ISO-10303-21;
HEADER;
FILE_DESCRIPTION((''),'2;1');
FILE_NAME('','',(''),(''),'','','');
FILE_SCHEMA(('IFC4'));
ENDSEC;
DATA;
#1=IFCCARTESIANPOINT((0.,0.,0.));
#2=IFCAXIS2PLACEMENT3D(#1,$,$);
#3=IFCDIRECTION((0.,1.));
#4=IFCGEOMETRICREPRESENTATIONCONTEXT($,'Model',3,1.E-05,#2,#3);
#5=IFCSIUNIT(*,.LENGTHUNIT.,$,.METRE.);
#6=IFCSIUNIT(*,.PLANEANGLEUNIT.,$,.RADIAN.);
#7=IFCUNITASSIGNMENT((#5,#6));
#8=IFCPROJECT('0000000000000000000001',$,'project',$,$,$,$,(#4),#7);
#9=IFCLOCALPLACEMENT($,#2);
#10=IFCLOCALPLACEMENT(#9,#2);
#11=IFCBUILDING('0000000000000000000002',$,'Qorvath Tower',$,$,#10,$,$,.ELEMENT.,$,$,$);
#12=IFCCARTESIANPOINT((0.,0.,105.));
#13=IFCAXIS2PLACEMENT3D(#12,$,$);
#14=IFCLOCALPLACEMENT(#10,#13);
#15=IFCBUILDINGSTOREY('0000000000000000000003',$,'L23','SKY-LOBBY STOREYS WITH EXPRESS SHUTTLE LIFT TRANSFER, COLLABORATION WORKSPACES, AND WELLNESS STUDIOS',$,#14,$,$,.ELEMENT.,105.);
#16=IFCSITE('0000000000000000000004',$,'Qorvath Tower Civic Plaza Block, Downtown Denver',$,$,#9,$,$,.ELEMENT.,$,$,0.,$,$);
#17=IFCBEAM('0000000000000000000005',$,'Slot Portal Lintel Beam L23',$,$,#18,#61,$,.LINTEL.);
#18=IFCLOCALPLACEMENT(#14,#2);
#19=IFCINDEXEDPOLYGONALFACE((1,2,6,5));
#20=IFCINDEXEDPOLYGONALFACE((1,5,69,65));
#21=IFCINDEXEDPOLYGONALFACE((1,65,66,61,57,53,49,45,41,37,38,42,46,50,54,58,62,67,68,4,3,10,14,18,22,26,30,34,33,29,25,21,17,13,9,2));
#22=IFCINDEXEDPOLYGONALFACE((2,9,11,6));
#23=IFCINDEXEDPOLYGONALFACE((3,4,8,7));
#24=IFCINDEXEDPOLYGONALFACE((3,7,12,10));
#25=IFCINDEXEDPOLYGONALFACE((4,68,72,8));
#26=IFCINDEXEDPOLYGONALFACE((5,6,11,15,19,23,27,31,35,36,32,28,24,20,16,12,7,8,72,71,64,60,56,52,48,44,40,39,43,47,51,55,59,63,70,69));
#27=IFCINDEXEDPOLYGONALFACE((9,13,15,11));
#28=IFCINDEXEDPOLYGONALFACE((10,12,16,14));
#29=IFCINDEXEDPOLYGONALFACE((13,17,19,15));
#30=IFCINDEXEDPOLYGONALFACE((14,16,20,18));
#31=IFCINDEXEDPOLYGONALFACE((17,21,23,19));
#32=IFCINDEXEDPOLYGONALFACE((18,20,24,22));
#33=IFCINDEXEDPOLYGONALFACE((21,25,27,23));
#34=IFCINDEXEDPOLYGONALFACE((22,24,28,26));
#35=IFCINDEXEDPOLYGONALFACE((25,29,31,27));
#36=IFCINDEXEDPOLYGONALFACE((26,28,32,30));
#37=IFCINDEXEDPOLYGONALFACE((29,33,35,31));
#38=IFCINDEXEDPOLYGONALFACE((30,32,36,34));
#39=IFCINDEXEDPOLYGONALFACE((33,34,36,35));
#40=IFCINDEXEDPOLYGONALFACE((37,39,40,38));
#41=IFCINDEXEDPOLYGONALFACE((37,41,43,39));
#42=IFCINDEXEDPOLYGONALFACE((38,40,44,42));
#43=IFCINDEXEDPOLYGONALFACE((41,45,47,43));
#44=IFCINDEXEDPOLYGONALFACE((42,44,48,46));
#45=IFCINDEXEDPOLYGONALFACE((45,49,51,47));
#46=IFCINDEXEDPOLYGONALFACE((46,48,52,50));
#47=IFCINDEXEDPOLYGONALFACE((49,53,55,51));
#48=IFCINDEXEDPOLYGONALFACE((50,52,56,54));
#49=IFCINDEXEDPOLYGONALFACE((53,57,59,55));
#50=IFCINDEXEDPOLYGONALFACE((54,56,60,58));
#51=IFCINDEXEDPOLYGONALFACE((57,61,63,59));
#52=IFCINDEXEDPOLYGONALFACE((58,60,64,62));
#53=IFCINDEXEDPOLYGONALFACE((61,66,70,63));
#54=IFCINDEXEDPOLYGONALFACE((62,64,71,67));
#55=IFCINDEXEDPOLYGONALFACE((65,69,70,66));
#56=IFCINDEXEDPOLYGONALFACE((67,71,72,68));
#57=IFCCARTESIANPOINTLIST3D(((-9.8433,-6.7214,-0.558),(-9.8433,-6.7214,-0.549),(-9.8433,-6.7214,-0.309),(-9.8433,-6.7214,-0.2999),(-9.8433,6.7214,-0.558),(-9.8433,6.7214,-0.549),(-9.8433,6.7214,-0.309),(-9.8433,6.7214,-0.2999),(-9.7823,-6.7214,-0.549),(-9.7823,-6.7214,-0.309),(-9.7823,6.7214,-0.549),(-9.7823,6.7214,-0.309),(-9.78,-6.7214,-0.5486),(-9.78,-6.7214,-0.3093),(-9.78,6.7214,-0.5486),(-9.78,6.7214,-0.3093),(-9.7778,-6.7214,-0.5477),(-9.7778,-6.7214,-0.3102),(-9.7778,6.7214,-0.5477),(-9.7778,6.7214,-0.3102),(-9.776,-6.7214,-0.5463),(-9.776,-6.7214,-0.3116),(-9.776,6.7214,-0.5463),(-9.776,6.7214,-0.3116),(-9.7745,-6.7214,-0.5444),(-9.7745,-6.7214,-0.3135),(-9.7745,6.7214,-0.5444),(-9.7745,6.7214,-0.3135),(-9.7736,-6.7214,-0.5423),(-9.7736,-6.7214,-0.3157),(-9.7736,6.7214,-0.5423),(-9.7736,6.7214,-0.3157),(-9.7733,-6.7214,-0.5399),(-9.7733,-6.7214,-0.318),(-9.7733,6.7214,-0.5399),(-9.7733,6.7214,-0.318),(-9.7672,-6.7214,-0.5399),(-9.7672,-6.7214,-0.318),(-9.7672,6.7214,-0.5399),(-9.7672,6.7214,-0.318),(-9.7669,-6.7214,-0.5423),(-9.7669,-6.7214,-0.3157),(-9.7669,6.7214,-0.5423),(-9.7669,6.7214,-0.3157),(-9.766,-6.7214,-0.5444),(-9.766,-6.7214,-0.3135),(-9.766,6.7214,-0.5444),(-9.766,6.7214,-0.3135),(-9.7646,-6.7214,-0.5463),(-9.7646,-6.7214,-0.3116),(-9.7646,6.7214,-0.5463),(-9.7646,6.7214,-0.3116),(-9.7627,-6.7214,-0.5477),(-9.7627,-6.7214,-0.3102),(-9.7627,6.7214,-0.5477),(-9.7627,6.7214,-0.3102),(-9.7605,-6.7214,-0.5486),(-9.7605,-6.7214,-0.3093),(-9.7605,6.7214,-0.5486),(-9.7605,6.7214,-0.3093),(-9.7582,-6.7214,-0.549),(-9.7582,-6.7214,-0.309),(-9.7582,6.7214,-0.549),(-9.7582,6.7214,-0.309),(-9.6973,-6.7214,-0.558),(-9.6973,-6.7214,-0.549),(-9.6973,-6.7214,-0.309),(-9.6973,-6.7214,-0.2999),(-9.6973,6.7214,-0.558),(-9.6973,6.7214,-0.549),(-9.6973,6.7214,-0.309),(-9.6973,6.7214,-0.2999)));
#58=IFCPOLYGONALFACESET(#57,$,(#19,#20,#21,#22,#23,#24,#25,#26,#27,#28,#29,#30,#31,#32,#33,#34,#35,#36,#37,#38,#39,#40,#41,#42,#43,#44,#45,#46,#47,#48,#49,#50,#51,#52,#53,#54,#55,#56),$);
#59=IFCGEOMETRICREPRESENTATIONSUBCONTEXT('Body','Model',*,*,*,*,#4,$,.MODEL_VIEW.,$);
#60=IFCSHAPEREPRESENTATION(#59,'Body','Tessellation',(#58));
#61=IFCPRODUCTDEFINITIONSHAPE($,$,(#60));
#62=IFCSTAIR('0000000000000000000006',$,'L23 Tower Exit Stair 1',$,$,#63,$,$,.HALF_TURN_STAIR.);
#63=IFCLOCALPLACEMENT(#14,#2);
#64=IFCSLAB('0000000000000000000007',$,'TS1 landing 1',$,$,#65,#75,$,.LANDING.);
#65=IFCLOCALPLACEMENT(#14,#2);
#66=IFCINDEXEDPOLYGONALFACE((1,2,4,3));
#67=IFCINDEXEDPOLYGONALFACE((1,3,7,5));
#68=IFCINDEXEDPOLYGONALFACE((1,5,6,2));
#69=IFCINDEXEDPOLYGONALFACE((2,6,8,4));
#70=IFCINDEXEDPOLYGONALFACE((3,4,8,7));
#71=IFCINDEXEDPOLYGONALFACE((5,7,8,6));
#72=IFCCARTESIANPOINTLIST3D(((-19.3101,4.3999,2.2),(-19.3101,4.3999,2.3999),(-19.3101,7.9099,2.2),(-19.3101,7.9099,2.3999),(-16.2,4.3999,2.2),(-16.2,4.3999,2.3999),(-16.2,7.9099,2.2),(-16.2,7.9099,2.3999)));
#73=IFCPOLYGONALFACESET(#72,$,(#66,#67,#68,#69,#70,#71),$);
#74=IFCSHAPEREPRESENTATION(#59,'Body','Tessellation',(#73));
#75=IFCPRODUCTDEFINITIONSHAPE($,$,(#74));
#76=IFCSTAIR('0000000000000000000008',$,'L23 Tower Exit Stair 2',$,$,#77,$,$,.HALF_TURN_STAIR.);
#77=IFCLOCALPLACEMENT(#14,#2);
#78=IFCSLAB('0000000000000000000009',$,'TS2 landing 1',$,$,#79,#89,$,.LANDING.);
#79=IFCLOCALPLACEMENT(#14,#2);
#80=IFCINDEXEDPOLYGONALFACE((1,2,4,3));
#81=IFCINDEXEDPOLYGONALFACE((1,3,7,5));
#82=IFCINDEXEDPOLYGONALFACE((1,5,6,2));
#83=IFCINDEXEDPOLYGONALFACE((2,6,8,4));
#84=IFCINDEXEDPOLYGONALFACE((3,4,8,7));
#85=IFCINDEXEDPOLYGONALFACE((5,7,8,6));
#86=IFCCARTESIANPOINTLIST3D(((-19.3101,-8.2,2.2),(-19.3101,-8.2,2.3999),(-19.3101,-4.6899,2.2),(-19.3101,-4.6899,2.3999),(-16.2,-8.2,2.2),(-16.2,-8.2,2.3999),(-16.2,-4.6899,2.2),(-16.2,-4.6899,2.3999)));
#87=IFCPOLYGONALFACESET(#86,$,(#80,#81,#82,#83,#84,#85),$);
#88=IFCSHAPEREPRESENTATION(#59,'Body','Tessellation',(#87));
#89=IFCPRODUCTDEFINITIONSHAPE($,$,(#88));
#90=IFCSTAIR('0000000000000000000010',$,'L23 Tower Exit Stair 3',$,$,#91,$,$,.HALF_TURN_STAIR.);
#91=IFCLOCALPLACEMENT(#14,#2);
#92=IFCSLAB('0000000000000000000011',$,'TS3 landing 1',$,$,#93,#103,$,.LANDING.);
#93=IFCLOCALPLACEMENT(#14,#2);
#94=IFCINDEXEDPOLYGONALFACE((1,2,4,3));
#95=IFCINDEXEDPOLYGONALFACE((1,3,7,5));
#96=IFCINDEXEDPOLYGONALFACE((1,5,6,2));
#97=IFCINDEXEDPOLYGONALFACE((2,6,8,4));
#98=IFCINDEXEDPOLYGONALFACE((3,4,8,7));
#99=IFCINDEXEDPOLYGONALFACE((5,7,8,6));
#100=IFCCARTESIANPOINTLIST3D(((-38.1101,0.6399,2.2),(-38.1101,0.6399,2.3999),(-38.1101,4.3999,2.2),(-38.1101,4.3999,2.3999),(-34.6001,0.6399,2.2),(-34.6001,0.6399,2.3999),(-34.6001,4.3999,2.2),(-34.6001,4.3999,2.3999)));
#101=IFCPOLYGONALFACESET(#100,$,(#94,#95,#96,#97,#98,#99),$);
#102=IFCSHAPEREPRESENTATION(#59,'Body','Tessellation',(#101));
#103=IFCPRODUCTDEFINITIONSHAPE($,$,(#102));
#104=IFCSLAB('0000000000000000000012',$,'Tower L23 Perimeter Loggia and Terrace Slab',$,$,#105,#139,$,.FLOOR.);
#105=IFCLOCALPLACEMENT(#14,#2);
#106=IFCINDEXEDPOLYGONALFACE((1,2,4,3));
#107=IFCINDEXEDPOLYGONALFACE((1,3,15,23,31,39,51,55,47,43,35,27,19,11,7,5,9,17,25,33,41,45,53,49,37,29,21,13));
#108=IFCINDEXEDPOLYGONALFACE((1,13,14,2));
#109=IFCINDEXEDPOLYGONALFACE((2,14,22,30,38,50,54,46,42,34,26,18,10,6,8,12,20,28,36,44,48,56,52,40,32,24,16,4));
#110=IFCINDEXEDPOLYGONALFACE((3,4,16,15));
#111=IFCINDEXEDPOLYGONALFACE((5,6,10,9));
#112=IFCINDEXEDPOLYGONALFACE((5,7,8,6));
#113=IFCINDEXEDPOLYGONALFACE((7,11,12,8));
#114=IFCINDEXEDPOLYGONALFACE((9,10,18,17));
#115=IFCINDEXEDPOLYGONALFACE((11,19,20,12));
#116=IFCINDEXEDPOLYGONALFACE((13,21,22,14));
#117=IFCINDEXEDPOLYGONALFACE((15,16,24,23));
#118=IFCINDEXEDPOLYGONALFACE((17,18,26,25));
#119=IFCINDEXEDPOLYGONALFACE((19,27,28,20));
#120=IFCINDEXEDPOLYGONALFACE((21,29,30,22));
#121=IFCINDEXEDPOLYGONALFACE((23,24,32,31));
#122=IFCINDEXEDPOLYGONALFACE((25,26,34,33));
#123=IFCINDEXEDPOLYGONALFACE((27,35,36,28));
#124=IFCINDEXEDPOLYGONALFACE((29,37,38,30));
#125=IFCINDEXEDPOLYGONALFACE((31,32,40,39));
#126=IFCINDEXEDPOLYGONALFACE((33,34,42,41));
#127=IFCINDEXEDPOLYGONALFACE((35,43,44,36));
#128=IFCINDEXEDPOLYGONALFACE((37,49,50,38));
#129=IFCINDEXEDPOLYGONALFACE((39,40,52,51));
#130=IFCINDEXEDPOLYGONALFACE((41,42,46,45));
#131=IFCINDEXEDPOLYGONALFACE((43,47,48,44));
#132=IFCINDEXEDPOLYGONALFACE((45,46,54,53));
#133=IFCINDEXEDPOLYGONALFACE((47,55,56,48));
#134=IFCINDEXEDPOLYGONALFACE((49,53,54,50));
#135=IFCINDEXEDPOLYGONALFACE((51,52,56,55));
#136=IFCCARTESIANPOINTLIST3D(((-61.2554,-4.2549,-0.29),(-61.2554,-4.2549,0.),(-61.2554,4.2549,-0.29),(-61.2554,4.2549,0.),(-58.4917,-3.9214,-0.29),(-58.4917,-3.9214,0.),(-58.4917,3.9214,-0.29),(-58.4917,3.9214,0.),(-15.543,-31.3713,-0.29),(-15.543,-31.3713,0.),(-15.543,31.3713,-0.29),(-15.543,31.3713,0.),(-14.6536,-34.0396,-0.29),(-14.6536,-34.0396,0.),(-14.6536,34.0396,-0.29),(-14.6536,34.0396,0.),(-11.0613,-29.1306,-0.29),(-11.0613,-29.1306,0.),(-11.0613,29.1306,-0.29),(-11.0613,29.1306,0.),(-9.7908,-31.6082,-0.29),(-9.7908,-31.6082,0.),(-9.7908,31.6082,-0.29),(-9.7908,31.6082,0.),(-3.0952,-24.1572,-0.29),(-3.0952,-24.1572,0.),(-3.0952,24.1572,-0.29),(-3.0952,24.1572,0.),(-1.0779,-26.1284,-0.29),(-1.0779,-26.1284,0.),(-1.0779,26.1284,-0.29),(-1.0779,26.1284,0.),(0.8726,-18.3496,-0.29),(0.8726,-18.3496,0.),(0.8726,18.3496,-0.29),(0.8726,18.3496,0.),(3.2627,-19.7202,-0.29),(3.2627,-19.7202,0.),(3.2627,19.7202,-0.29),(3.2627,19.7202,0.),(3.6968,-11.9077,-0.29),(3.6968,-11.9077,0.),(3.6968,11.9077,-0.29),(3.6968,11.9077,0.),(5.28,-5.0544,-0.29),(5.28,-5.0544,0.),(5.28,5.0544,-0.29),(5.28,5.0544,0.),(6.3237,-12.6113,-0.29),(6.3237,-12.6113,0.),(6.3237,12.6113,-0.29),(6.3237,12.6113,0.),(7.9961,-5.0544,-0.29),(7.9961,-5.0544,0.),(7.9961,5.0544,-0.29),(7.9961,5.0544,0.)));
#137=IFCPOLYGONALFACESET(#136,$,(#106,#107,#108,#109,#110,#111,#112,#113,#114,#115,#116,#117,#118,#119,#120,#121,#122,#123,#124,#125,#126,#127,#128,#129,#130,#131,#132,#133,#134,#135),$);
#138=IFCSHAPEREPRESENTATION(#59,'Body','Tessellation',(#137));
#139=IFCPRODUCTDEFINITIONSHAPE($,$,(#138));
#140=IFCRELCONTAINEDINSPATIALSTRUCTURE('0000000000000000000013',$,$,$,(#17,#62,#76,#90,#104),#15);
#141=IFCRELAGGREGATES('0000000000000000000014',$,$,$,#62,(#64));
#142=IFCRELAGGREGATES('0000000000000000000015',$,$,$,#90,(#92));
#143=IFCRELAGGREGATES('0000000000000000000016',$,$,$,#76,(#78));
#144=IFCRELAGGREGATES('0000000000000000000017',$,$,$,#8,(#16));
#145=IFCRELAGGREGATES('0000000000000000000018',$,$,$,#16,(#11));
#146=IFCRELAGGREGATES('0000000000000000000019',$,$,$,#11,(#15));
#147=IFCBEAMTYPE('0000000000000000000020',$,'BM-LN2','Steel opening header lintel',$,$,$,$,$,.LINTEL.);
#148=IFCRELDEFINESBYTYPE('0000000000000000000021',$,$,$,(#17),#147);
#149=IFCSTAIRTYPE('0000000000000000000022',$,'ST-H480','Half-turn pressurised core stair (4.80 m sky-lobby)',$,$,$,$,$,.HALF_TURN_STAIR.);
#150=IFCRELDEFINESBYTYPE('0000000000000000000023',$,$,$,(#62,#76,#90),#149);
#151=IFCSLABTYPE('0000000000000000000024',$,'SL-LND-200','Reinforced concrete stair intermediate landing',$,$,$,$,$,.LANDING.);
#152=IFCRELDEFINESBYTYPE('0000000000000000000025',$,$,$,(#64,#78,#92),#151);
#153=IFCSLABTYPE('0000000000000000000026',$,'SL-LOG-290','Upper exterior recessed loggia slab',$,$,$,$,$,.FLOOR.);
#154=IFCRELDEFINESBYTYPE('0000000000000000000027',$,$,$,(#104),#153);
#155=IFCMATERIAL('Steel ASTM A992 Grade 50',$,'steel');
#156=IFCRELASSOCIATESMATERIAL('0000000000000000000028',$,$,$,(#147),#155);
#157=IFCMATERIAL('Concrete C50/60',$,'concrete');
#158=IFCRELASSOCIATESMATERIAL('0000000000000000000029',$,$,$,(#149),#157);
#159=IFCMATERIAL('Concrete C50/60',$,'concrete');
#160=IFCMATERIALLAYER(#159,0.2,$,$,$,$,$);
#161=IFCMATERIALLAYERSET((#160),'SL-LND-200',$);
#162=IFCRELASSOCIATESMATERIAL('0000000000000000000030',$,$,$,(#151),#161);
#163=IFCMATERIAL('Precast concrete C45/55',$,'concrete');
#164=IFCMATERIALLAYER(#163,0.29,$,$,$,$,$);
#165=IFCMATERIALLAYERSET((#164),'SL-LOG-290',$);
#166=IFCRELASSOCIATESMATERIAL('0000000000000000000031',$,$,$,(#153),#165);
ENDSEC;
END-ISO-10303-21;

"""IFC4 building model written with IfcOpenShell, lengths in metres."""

from ifc_helpers import new_model, si_unit, direction, frame, origin, origin_2d, place, context, subcontext, project, spatial, polyline, i_section, outline, extrude, material, layer, layer_set, material_profile, profile_set, type_object, element, aggregate, save


model = new_model("IFC4")

# Units and contexts
model_context = context("Model", 3, precision=1e-05, world=origin(), true_north=direction((0.0, 1.0)))
body_context = subcontext(model_context, "Body", "Model", "MODEL_VIEW")
ifc_project = project(units=[si_unit("LENGTHUNIT", "METRE"), si_unit("PLANEANGLEUNIT", "RADIAN")], contexts=[model_context])

# Site, building, storey
site_placement = place(None, origin())
site = spatial("IfcSite", under=ifc_project, at=site_placement, Name="Qorvath Tower Civic Plaza Block, Downtown Denver", CompositionType="ELEMENT", RefElevation=0.0)
building_placement = place(site_placement, origin())
building = spatial("IfcBuilding", under=site, at=building_placement, Name="Qorvath Tower", CompositionType="ELEMENT")
storey_placement = place(building_placement, frame((0.0, 0.0, 105.0)))
storey = spatial("IfcBuildingStorey", under=building, at=storey_placement, Name="L23", Description="SKY-LOBBY STOREYS WITH EXPRESS SHUTTLE LIFT TRANSFER, COLLABORATION WORKSPACES, AND WELLNESS STUDIOS", CompositionType="ELEMENT", Elevation=105.0)

# Beam
ifc_material_1 = material(Name="Steel ASTM A992 Grade 50", Category="steel")
ifc_material_profile = material_profile(ifc_material_1, i_section(OverallWidth=0.146, OverallDepth=0.2581, WebThickness=0.0061, FlangeThickness=0.009, FilletRadius=0.009, at=origin_2d()), Name="W10x22")
ifc_profile_set = profile_set([ifc_material_profile], Name="Steel ASTM A992 Grade 50")
beam_type = type_object("IfcBeamType", Name="BM-LN2", Description="Steel opening header lintel", PredefinedType="LINTEL", material=ifc_profile_set)
beam_placement = place(storey_placement, frame((-9.7703, -6.7214, -0.429), z_axis=(0.0, 1.0, 0.0), x_axis=(-1.0, 0.0, 0.0)))
element("IfcBeam", 1, at=beam_placement, inside=storey, type_object=beam_type, Name="Slot Portal Lintel Beam L23", PredefinedType="LINTEL", context=body_context, shape_type="SweptSolid", body=[
    extrude(i_section(OverallWidth=0.146, OverallDepth=0.2581, WebThickness=0.0061, FlangeThickness=0.009, FilletRadius=0.009, at=origin_2d()), origin(), (0.0, 0.0, 1.0), 13.4429),
])

# Stairs, slabs
ifc_material_2 = material(Name="Concrete C50/60", Category="concrete")
stair_type = type_object("IfcStairType", Name="ST-H480", Description="Half-turn pressurised core stair (4.80 m sky-lobby)", PredefinedType="HALF_TURN_STAIR", material=ifc_material_2)
stair_1_placement = place(storey_placement, origin())
stair_1 = element("IfcStair", 2, at=stair_1_placement, inside=storey, type_object=stair_type, Name="L23 Tower Exit Stair 1", PredefinedType="HALF_TURN_STAIR")
ifc_material_3 = material(Name="Concrete C50/60", Category="concrete")
ifc_layer_1 = layer(ifc_material_3, 0.2)
ifc_layer_set_1 = layer_set([ifc_layer_1], Name="SL-LND-200")
slab_type_1 = type_object("IfcSlabType", Name="SL-LND-200", Description="Reinforced concrete stair intermediate landing", PredefinedType="LANDING", material=ifc_layer_set_1)
slab_1_placement = place(storey_placement, frame((0.0, 0.0, 2.2)))
slab_1 = element("IfcSlab", 3, at=slab_1_placement, type_object=slab_type_1, Name="TS1 landing 1", PredefinedType="LANDING", context=body_context, shape_type="SweptSolid", body=[
    extrude(outline(polyline([(-19.3101, 4.3999), (-16.2, 4.3999), (-16.2, 7.9099), (-19.3101, 7.9099), (-19.3101, 4.3999)])), origin(), (0.0, 0.0, 1.0), 0.2),
])
aggregate(stair_1, [slab_1])
stair_2_placement = place(storey_placement, origin())
stair_2 = element("IfcStair", 4, at=stair_2_placement, inside=storey, type_object=stair_type, Name="L23 Tower Exit Stair 2", PredefinedType="HALF_TURN_STAIR")
slab_2_placement = place(storey_placement, frame((0.0, 0.0, 2.2)))
slab_2 = element("IfcSlab", 5, at=slab_2_placement, type_object=slab_type_1, Name="TS2 landing 1", PredefinedType="LANDING", context=body_context, shape_type="SweptSolid", body=[
    extrude(outline(polyline([(-19.3101, -8.2), (-16.2, -8.2), (-16.2, -4.6899), (-19.3101, -4.6899), (-19.3101, -8.2)])), origin(), (0.0, 0.0, 1.0), 0.2),
])
stair_3_placement = place(storey_placement, origin())
stair_3 = element("IfcStair", 6, at=stair_3_placement, inside=storey, type_object=stair_type, Name="L23 Tower Exit Stair 3", PredefinedType="HALF_TURN_STAIR")
slab_3_placement = place(storey_placement, frame((0.0, 0.0, 2.2)))
slab_3 = element("IfcSlab", 7, at=slab_3_placement, type_object=slab_type_1, Name="TS3 landing 1", PredefinedType="LANDING", context=body_context, shape_type="SweptSolid", body=[
    extrude(outline(polyline([(-34.6001, 0.6399), (-34.6001, 4.3999), (-38.1101, 4.3999), (-38.1101, 0.6399), (-34.6001, 0.6399)])), origin(), (0.0, 0.0, 1.0), 0.2),
])
aggregate(stair_3, [slab_3])

# Slab
ifc_material_4 = material(Name="Precast concrete C45/55", Category="concrete")
ifc_layer_2 = layer(ifc_material_4, 0.29)
ifc_layer_set_2 = layer_set([ifc_layer_2], Name="SL-LOG-290")
slab_type_2 = type_object("IfcSlabType", Name="SL-LOG-290", Description="Upper exterior recessed loggia slab", PredefinedType="FLOOR", material=ifc_layer_set_2)
slab_4_placement = place(storey_placement, frame((0.0, 0.0, -0.29)))
element("IfcSlab", 8, at=slab_4_placement, inside=storey, type_object=slab_type_2, Name="Tower L23 Perimeter Loggia and Terrace Slab", PredefinedType="FLOOR", context=body_context, shape_type="SweptSolid", body=[
    extrude(outline(polyline([(5.28, -5.0544), (3.6968, -11.9077), (0.8726, -18.3496), (-3.0952, -24.1572), (-11.0613, -29.1306), (-15.543, -31.3713), (-58.4917, -3.9214), (-58.4917, 3.9214), (-15.543, 31.3713), (-11.0613, 29.1306), (-3.0952, 24.1572), (0.8726, 18.3496), (3.6968, 11.9077), (5.28, 5.0544), (7.9961, 5.0544), (6.3237, 12.6113), (3.2627, 19.7202), (-1.0779, 26.1284), (-9.7908, 31.6082), (-14.6536, 34.0396), (-61.2554, 4.2549), (-61.2554, -4.2549), (-14.6536, -34.0396), (-9.7908, -31.6082), (-1.0779, -26.1284), (3.2627, -19.7202), (6.3237, -12.6113), (7.9961, -5.0544), (5.28, -5.0544)])), origin(), (0.0, 0.0, 1.0), 0.29),
])

aggregate(stair_2, [slab_2])

save(model, "model.ifc")
